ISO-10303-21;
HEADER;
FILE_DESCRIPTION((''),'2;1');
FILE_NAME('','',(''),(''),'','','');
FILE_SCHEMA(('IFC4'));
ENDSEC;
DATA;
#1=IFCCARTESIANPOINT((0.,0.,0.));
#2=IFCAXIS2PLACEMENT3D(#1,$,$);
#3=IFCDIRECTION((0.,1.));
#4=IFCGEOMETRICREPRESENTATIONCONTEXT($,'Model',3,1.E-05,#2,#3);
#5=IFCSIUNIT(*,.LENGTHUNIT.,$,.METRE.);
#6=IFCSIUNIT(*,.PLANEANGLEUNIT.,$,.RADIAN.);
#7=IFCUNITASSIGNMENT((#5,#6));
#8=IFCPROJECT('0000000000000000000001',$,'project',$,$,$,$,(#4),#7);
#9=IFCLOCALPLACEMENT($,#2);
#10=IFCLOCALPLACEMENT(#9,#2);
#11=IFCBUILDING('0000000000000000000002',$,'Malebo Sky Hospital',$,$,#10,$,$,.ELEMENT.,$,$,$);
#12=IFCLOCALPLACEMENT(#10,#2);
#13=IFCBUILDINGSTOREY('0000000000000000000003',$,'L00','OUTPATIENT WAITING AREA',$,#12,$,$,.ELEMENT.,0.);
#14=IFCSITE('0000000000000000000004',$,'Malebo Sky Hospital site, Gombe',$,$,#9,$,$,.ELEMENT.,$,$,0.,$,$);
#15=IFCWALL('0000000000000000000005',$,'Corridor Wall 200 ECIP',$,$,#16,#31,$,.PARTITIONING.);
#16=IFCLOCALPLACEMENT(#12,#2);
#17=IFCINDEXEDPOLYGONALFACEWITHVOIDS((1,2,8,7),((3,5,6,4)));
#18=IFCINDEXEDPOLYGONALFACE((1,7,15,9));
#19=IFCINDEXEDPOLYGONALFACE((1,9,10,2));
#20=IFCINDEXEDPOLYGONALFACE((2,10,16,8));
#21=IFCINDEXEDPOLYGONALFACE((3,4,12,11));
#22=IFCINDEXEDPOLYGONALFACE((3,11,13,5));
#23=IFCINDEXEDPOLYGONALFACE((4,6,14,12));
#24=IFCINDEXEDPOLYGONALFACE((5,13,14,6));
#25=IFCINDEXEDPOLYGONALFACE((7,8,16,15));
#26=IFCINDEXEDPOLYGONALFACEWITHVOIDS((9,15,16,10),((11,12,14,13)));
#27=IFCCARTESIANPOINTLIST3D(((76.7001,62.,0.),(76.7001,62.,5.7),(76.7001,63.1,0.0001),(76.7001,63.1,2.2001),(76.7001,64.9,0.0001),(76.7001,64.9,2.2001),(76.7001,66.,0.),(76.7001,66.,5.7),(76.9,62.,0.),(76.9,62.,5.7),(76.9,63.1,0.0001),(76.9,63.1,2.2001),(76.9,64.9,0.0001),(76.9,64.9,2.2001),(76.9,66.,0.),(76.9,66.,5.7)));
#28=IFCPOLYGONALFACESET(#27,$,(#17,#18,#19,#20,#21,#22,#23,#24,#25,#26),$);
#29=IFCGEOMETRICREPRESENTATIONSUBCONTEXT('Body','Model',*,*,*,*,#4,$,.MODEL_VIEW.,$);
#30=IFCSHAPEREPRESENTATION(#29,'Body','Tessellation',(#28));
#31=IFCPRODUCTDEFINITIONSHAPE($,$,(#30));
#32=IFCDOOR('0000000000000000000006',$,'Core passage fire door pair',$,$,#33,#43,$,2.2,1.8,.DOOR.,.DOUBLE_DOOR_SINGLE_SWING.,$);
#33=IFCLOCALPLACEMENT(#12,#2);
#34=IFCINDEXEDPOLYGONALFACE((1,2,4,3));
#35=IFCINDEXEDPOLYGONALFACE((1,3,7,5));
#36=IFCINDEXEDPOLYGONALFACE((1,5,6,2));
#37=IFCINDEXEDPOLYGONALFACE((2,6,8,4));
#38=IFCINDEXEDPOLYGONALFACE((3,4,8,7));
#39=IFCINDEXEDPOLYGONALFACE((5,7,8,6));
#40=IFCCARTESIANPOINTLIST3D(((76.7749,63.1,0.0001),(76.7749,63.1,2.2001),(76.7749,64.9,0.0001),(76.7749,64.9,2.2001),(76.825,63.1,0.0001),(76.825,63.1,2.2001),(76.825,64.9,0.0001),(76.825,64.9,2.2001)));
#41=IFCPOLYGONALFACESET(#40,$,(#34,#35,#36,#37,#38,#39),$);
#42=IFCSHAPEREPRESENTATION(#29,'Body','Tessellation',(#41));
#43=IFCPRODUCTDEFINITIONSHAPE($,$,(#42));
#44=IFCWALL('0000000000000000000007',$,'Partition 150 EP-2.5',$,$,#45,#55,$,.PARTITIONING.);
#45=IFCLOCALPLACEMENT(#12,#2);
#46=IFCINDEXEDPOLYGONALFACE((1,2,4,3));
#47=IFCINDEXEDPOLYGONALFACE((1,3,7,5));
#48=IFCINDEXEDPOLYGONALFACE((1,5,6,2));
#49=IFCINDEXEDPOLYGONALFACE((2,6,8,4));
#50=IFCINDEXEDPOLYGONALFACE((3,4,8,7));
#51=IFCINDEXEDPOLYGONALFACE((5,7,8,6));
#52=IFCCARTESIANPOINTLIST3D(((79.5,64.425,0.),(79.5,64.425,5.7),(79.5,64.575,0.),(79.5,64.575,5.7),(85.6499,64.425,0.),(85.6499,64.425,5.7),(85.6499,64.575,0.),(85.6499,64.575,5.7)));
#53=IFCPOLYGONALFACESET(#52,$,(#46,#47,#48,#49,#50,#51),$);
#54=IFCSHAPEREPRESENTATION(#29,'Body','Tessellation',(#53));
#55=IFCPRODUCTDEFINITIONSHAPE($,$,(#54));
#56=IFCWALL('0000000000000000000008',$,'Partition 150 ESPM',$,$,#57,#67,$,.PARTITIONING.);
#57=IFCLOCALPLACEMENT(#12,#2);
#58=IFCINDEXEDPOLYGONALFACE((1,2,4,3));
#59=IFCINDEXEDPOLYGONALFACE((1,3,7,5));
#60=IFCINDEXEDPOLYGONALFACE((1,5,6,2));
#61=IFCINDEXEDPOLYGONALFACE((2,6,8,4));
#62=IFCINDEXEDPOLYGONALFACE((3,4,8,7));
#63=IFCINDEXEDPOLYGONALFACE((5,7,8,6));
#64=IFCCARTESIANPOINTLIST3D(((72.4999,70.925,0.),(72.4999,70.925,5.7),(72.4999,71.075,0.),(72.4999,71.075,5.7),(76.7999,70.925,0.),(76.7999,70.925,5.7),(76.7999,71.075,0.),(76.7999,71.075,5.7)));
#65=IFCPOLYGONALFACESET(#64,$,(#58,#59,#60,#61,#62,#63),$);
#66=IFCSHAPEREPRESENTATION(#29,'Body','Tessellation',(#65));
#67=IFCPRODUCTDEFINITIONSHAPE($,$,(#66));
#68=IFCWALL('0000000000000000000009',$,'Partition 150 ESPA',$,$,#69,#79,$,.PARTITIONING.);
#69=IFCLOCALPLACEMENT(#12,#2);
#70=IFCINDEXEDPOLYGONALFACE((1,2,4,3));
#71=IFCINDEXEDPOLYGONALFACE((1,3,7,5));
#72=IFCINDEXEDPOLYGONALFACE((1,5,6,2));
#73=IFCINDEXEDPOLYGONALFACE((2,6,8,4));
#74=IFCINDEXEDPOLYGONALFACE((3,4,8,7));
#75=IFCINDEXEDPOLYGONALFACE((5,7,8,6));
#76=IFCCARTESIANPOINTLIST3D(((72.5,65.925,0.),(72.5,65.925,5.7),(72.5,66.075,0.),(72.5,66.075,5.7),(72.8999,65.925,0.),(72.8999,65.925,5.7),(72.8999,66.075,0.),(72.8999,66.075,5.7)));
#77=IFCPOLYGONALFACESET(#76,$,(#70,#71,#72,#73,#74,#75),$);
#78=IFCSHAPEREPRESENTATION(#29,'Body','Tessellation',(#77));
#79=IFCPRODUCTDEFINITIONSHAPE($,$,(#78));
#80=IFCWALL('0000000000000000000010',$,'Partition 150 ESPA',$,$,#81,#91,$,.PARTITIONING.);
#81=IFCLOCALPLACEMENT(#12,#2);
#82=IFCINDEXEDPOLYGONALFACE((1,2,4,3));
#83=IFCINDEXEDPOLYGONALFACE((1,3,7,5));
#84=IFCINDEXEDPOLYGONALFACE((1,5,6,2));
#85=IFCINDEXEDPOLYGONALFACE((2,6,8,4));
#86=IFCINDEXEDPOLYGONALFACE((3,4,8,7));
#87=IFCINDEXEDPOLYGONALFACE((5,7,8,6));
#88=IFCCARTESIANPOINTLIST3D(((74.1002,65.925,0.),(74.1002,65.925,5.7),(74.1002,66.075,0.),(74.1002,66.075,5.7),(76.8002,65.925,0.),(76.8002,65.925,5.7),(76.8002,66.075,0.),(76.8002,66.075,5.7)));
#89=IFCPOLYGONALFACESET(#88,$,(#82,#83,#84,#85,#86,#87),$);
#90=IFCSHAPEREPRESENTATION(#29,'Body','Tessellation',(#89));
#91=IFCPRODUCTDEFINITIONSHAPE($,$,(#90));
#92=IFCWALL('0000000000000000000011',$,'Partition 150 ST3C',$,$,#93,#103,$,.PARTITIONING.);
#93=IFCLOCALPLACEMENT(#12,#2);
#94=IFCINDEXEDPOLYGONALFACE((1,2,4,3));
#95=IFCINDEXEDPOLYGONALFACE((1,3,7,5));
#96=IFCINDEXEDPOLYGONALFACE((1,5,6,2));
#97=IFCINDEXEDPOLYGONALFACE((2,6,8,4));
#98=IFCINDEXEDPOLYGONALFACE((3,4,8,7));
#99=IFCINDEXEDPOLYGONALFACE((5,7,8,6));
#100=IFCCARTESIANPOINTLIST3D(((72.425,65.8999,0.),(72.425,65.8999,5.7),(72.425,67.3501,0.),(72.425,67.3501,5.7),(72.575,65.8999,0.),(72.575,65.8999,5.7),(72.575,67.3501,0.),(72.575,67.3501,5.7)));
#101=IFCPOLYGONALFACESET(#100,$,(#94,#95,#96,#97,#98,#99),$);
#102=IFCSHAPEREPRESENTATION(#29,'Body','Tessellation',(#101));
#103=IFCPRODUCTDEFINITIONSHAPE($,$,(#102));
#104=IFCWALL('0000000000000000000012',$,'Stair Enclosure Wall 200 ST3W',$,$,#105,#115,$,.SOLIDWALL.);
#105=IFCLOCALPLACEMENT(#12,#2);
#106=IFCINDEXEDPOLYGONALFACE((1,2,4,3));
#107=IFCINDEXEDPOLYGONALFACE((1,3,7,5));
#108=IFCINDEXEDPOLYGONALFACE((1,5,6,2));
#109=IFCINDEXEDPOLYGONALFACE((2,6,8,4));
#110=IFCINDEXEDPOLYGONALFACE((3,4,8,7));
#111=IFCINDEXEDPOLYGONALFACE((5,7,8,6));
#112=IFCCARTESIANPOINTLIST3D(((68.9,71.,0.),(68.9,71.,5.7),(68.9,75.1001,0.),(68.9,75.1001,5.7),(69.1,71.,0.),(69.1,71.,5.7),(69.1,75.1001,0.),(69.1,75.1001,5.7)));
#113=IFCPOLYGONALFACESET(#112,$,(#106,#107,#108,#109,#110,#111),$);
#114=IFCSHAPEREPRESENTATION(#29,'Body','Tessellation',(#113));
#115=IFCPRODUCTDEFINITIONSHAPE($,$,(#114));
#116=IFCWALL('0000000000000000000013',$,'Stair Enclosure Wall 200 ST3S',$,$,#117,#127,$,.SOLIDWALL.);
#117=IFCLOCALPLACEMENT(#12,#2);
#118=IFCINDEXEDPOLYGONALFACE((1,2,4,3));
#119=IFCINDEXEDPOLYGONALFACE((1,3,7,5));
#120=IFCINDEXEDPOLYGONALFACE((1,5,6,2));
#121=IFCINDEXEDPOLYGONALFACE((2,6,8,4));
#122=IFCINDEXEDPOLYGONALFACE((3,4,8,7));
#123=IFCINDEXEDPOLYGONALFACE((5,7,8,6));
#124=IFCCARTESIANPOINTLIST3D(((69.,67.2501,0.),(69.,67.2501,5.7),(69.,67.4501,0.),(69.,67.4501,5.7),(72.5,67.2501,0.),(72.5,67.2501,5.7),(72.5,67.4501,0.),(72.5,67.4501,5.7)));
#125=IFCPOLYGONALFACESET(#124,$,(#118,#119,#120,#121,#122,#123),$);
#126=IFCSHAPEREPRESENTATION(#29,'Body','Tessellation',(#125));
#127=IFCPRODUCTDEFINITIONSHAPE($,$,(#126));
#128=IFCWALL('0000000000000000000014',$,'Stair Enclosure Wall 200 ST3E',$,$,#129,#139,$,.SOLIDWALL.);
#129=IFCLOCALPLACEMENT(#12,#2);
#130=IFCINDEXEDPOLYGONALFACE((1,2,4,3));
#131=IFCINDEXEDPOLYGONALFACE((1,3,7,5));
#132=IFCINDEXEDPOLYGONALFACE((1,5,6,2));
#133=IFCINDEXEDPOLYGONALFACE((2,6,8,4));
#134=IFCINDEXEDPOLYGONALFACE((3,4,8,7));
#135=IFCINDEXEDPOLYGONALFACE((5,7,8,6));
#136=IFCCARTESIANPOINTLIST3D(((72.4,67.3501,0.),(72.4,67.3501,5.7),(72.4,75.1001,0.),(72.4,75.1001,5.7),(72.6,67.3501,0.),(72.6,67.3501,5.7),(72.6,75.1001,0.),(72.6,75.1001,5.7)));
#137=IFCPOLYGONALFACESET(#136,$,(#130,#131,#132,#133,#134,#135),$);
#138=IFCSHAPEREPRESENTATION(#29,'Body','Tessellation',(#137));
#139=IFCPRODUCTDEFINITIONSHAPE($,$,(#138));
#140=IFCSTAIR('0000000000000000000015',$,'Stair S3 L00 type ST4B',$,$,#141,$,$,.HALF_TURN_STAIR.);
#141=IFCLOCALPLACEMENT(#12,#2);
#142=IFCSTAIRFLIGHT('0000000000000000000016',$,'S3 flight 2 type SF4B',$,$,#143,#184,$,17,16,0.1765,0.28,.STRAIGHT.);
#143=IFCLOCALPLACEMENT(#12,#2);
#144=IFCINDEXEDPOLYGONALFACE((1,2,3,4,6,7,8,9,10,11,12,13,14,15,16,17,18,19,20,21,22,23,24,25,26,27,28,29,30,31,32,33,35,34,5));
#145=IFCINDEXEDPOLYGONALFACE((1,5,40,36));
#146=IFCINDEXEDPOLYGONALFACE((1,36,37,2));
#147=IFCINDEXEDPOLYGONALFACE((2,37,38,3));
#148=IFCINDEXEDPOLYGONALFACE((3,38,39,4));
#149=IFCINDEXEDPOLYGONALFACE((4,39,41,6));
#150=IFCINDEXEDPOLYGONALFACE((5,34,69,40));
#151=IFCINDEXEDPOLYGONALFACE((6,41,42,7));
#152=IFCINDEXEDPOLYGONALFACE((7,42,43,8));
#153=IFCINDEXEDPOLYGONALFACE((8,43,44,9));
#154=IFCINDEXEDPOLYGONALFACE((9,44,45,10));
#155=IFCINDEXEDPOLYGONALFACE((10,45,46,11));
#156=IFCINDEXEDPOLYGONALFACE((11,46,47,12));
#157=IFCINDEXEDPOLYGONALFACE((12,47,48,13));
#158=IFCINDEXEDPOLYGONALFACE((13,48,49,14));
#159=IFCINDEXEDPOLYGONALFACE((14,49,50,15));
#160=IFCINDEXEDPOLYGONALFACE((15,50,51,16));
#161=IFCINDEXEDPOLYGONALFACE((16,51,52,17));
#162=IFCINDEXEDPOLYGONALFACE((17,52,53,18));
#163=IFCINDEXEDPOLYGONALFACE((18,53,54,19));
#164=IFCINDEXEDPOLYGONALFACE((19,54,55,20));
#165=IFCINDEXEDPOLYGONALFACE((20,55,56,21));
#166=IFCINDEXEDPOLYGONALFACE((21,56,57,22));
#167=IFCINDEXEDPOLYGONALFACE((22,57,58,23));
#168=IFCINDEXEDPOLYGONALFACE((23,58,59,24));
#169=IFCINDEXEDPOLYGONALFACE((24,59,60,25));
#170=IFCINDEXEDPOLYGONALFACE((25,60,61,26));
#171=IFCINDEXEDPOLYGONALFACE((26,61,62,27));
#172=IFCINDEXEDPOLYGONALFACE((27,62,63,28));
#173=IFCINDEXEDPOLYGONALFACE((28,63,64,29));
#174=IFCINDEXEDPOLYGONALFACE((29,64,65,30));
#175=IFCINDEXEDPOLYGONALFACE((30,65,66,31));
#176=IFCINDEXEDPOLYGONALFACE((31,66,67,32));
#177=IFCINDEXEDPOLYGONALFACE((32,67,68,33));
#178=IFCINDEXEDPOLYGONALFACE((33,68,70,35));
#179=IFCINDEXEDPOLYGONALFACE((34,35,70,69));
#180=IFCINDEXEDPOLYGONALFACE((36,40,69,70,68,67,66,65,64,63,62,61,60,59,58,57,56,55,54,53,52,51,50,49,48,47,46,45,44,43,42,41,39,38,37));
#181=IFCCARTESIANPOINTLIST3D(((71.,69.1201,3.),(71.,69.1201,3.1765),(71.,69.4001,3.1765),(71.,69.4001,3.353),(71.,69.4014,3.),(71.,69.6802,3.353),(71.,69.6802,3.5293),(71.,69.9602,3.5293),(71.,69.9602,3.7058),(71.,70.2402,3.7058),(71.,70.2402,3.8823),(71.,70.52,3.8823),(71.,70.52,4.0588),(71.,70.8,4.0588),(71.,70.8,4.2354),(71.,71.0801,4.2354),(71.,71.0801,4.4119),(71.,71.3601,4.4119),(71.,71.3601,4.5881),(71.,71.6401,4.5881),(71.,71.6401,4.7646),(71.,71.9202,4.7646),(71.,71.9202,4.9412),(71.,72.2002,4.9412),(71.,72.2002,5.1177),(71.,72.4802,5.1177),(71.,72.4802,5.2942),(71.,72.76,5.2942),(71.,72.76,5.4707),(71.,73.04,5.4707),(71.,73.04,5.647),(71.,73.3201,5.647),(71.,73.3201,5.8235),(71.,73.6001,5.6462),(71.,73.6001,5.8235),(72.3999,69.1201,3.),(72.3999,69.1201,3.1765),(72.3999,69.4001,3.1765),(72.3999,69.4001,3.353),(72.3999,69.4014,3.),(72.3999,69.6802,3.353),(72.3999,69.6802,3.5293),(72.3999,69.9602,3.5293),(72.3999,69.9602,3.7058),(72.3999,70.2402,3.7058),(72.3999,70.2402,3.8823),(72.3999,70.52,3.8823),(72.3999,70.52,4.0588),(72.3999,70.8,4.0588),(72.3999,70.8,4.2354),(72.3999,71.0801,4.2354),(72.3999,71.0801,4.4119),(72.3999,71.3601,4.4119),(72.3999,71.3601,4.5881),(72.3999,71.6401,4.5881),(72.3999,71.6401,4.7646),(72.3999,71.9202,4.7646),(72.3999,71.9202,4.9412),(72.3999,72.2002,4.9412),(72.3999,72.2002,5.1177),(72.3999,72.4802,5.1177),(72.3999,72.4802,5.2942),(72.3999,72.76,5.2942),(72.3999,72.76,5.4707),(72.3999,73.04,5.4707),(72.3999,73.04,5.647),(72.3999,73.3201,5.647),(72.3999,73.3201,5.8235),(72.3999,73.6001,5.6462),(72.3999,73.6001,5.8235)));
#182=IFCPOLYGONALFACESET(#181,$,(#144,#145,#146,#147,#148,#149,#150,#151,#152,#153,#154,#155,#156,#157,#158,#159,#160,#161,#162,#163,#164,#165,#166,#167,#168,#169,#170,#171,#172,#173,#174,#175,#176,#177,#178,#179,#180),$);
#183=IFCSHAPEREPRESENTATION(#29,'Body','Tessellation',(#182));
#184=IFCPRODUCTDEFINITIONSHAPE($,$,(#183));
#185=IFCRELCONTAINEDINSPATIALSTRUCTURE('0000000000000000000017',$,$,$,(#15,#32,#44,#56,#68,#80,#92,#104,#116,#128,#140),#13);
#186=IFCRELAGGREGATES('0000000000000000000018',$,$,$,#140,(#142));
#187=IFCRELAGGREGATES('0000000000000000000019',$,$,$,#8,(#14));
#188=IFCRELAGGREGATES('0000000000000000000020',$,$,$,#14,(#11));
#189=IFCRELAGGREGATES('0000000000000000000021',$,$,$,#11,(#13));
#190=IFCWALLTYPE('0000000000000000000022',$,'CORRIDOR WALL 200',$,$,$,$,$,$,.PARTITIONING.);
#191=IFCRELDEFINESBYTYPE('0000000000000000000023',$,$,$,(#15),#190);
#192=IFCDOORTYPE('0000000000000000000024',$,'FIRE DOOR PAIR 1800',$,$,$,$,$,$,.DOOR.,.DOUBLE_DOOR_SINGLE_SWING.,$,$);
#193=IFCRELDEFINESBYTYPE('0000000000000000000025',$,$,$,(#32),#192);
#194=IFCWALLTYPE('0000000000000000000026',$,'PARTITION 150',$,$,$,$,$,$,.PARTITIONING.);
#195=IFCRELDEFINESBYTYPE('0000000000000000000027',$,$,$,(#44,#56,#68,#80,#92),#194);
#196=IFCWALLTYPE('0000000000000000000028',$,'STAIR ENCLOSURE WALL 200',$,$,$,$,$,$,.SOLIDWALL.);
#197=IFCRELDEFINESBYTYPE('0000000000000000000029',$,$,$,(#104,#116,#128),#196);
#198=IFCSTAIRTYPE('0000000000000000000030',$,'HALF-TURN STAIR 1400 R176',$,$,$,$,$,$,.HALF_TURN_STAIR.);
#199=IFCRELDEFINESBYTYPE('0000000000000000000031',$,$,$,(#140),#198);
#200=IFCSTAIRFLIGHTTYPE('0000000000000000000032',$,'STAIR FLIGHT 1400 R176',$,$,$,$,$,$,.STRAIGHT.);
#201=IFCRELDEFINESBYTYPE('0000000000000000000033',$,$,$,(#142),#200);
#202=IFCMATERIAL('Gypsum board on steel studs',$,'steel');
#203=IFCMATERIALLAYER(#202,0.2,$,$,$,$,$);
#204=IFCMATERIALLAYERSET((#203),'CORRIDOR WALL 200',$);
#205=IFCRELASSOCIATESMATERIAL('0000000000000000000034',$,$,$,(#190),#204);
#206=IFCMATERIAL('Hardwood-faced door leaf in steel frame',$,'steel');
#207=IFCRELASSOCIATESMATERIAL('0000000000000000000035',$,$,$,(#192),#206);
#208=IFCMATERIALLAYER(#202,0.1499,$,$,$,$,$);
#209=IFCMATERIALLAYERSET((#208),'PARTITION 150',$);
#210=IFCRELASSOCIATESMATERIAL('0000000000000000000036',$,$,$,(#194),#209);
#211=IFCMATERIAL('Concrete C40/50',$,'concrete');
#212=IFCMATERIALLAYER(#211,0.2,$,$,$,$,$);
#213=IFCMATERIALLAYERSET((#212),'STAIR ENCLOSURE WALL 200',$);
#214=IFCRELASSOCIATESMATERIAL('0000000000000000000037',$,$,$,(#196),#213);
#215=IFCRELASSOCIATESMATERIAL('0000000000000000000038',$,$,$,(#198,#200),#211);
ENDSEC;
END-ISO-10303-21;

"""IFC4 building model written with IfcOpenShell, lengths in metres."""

from ifc_helpers import new_model, si_unit, direction, frame, frame_2d, origin, place, context, subcontext, project, spatial, polyline, rectangle, outline, extrude, material, layer, layer_set, type_object, element, fill, aggregate, save


model = new_model("IFC4")

# Units and contexts
model_context = context("Model", 3, precision=1e-05, world=origin(), true_north=direction((0.0, 1.0)))
body_context = subcontext(model_context, "Body", "Model", "MODEL_VIEW")
ifc_project = project(units=[si_unit("LENGTHUNIT", "METRE"), si_unit("PLANEANGLEUNIT", "RADIAN")], contexts=[model_context])

# Site, building, storey
site_placement = place(None, origin())
site = spatial("IfcSite", under=ifc_project, at=site_placement, Name="Malebo Sky Hospital site, Gombe", CompositionType="ELEMENT", RefElevation=0.0)
building_placement = place(site_placement, origin())
building = spatial("IfcBuilding", under=site, at=building_placement, Name="Malebo Sky Hospital", CompositionType="ELEMENT")
storey_placement = place(building_placement, origin())
storey = spatial("IfcBuildingStorey", under=building, at=storey_placement, Name="L00", Description="OUTPATIENT WAITING AREA", CompositionType="ELEMENT", Elevation=0.0)

# Wall, opening, door
ifc_material_1 = material(Name="Gypsum board on steel studs", Category="steel")
ifc_layer_1 = layer(ifc_material_1, 0.2)
ifc_layer_set_1 = layer_set([ifc_layer_1], Name="CORRIDOR WALL 200")
wall_type_1 = type_object("IfcWallType", Name="CORRIDOR WALL 200", PredefinedType="PARTITIONING", material=ifc_layer_set_1)
wall_1_placement = place(storey_placement, frame((76.8, 66.0, 0.0), z_axis=(0.0, 0.0, 1.0), x_axis=(0.0, -1.0, 0.0)))
wall_1 = element("IfcWall", 1, at=wall_1_placement, inside=storey, type_object=wall_type_1, Name="Corridor Wall 200 ECIP", PredefinedType="PARTITIONING", context=body_context, shape_type="SweptSolid", body=[
    extrude(rectangle(XDim=4.0, YDim=0.2, at=frame_2d((2.0, 0.0))), origin(), (0.0, 0.0, 1.0), 5.7),
])
opening_placement = place(wall_1_placement, frame((1.1001, 0.0, 0.0)))
opening = element("IfcOpeningElement", 2, at=opening_placement, cuts=wall_1, PredefinedType="OPENING", context=body_context, shape_type="SweptSolid", body=[
    extrude(rectangle(XDim=1.8, YDim=2.2, at=frame_2d((0.8999, 1.1001))), frame((0.0, 0.1099, 0.0), z_axis=(0.0, -1.0, 0.0), x_axis=(1.0, 0.0, 0.0)), (0.0, 0.0, 1.0), 0.22),
])
ifc_material_2 = material(Name="Hardwood-faced door leaf in steel frame", Category="steel")
door_type = type_object("IfcDoorType", Name="FIRE DOOR PAIR 1800", OperationType="DOUBLE_DOOR_SINGLE_SWING", PredefinedType="DOOR", material=ifc_material_2)
door_placement = place(opening_placement, origin())
door = element("IfcDoor", 3, at=door_placement, inside=storey, type_object=door_type, Name="Core passage fire door pair", OperationType="DOUBLE_DOOR_SINGLE_SWING", OverallHeight=2.2, OverallWidth=1.8, PredefinedType="DOOR", context=body_context, shape_type="SweptSolid", body=[
    extrude(rectangle(XDim=1.8, YDim=2.2, at=frame_2d((0.8999, 1.1001))), frame((0.0, 0.0249, 0.0), z_axis=(0.0, -1.0, 0.0), x_axis=(1.0, 0.0, 0.0)), (0.0, 0.0, 1.0), 0.05),
])
fill(opening, door)

# Walls
ifc_layer_2 = layer(ifc_material_1, 0.1499)
ifc_layer_set_2 = layer_set([ifc_layer_2], Name="PARTITION 150")
wall_type_2 = type_object("IfcWallType", Name="PARTITION 150", PredefinedType="PARTITIONING", material=ifc_layer_set_2)
wall_2_placement = place(storey_placement, frame((79.5, 64.5, 0.0), z_axis=(0.0, 0.0, 1.0), x_axis=(1.0, 0.0, 0.0)))
element("IfcWall", 4, at=wall_2_placement, inside=storey, type_object=wall_type_2, Name="Partition 150 EP-2.5", PredefinedType="PARTITIONING", context=body_context, shape_type="SweptSolid", body=[
    extrude(rectangle(XDim=6.1499, YDim=0.1499, at=frame_2d((3.075, 0.0))), origin(), (0.0, 0.0, 1.0), 5.7),
])
wall_3_placement = place(storey_placement, frame((72.5, 71.0, 0.0), z_axis=(0.0, 0.0, 1.0), x_axis=(1.0, 0.0, 0.0)))
element("IfcWall", 5, at=wall_3_placement, inside=storey, type_object=wall_type_2, Name="Partition 150 ESPM", PredefinedType="PARTITIONING", context=body_context, shape_type="SweptSolid", body=[
    extrude(rectangle(XDim=4.3, YDim=0.1499, at=frame_2d((2.1499, 0.0))), origin(), (0.0, 0.0, 1.0), 5.7),
])
wall_4_placement = place(storey_placement, frame((72.5, 66.0, 0.0), z_axis=(0.0, 0.0, 1.0), x_axis=(1.0, 0.0, 0.0)))
element("IfcWall", 6, at=wall_4_placement, inside=storey, type_object=wall_type_2, Name="Partition 150 ESPA", PredefinedType="PARTITIONING", context=body_context, shape_type="SweptSolid", body=[
    extrude(rectangle(XDim=0.3999, YDim=0.1499, at=frame_2d((0.2, 0.0))), origin(), (0.0, 0.0, 1.0), 5.7),
])
wall_5_placement = place(storey_placement, frame((74.1001, 66.0, 0.0), z_axis=(0.0, 0.0, 1.0), x_axis=(1.0, 0.0, 0.0)))
element("IfcWall", 7, at=wall_5_placement, inside=storey, type_object=wall_type_2, Name="Partition 150 ESPA", PredefinedType="PARTITIONING", context=body_context, shape_type="SweptSolid", body=[
    extrude(rectangle(XDim=2.7, YDim=0.1499, at=frame_2d((1.3501, 0.0))), origin(), (0.0, 0.0, 1.0), 5.7),
])
wall_6_placement = place(storey_placement, frame((72.5, 65.8999, 0.0), z_axis=(0.0, 0.0, 1.0), x_axis=(0.0, 1.0, 0.0)))
element("IfcWall", 8, at=wall_6_placement, inside=storey, type_object=wall_type_2, Name="Partition 150 ST3C", PredefinedType="PARTITIONING", context=body_context, shape_type="SweptSolid", body=[
    extrude(rectangle(XDim=1.4502, YDim=0.1499, at=frame_2d((0.7251, 0.0))), origin(), (0.0, 0.0, 1.0), 5.7),
])
ifc_material_3 = material(Name="Concrete C40/50", Category="concrete")
ifc_layer_3 = layer(ifc_material_3, 0.2)
ifc_layer_set_3 = layer_set([ifc_layer_3], Name="STAIR ENCLOSURE WALL 200")
wall_type_3 = type_object("IfcWallType", Name="STAIR ENCLOSURE WALL 200", PredefinedType="SOLIDWALL", material=ifc_layer_set_3)
wall_7_placement = place(storey_placement, frame((69.0, 71.0, 0.0), z_axis=(0.0, 0.0, 1.0), x_axis=(0.0, 1.0, 0.0)))
element("IfcWall", 9, at=wall_7_placement, inside=storey, type_object=wall_type_3, Name="Stair Enclosure Wall 200 ST3W", PredefinedType="SOLIDWALL", context=body_context, shape_type="SweptSolid", body=[
    extrude(rectangle(XDim=4.1001, YDim=0.2, at=frame_2d((2.05, 0.0))), origin(), (0.0, 0.0, 1.0), 5.7),
])
wall_8_placement = place(storey_placement, frame((69.0, 67.3501, 0.0), z_axis=(0.0, 0.0, 1.0), x_axis=(1.0, 0.0, 0.0)))
element("IfcWall", 10, at=wall_8_placement, inside=storey, type_object=wall_type_3, Name="Stair Enclosure Wall 200 ST3S", PredefinedType="SOLIDWALL", context=body_context, shape_type="SweptSolid", body=[
    extrude(rectangle(XDim=3.5, YDim=0.2, at=frame_2d((1.75, 0.0))), origin(), (0.0, 0.0, 1.0), 5.7),
])
wall_9_placement = place(storey_placement, frame((72.5, 67.3501, 0.0), z_axis=(0.0, 0.0, 1.0), x_axis=(0.0, 1.0, 0.0)))
element("IfcWall", 11, at=wall_9_placement, inside=storey, type_object=wall_type_3, Name="Stair Enclosure Wall 200 ST3E", PredefinedType="SOLIDWALL", context=body_context, shape_type="SweptSolid", body=[
    extrude(rectangle(XDim=7.75, YDim=0.2, at=frame_2d((3.875, 0.0))), origin(), (0.0, 0.0, 1.0), 5.7),
])

# Stair, stair flight
stair_type = type_object("IfcStairType", Name="HALF-TURN STAIR 1400 R176", PredefinedType="HALF_TURN_STAIR", material=ifc_material_3)
stair_placement = place(storey_placement, origin())
stair = element("IfcStair", 12, at=stair_placement, inside=storey, type_object=stair_type, Name="Stair S3 L00 type ST4B", PredefinedType="HALF_TURN_STAIR")
stair_flight_type = type_object("IfcStairFlightType", Name="STAIR FLIGHT 1400 R176", PredefinedType="STRAIGHT", material=ifc_material_3)
stair_flight_placement = place(storey_placement, frame((71.7, 69.1201, 3.0), z_axis=(0.0, 0.0, 1.0), x_axis=(0.0, 1.0, 0.0)))
stair_flight = element("IfcStairFlight", 13, at=stair_flight_placement, type_object=stair_flight_type, Name="S3 flight 2 type SF4B", NumberOfRisers=17, NumberOfTreads=16, PredefinedType="STRAIGHT", RiserHeight=0.1765, TreadLength=0.28, context=body_context, shape_type="SweptSolid", body=[
    extrude(outline(polyline([(0.0, 0.0), (0.0, 0.1765), (0.28, 0.1765), (0.28, 0.353), (0.5601, 0.353), (0.5601, 0.5293), (0.8401, 0.5293), (0.8401, 0.7058), (1.1201, 0.7058), (1.1201, 0.8823), (1.3999, 0.8823), (1.3999, 1.0588), (1.6799, 1.0588), (1.6799, 1.2354), (1.96, 1.2354), (1.96, 1.4119), (2.24, 1.4119), (2.24, 1.5881), (2.52, 1.5881), (2.52, 1.7646), (2.8, 1.7646), (2.8, 1.9412), (3.0801, 1.9412), (3.0801, 2.1177), (3.3601, 2.1177), (3.3601, 2.2942), (3.6399, 2.2942), (3.6399, 2.4707), (3.9199, 2.4707), (3.9199, 2.647), (4.2, 2.647), (4.2, 2.8235), (4.48, 2.8235), (4.48, 3.0), (4.48, 2.6462), (0.2812, 0.0), (0.0, 0.0)])), frame((0.0, 0.7, 0.0), z_axis=(0.0, -1.0, 0.0), x_axis=(1.0, 0.0, 0.0)), (0.0, 0.0, 1.0), 1.3999),
])
aggregate(stair, [stair_flight])

save(model, "model.ifc")
